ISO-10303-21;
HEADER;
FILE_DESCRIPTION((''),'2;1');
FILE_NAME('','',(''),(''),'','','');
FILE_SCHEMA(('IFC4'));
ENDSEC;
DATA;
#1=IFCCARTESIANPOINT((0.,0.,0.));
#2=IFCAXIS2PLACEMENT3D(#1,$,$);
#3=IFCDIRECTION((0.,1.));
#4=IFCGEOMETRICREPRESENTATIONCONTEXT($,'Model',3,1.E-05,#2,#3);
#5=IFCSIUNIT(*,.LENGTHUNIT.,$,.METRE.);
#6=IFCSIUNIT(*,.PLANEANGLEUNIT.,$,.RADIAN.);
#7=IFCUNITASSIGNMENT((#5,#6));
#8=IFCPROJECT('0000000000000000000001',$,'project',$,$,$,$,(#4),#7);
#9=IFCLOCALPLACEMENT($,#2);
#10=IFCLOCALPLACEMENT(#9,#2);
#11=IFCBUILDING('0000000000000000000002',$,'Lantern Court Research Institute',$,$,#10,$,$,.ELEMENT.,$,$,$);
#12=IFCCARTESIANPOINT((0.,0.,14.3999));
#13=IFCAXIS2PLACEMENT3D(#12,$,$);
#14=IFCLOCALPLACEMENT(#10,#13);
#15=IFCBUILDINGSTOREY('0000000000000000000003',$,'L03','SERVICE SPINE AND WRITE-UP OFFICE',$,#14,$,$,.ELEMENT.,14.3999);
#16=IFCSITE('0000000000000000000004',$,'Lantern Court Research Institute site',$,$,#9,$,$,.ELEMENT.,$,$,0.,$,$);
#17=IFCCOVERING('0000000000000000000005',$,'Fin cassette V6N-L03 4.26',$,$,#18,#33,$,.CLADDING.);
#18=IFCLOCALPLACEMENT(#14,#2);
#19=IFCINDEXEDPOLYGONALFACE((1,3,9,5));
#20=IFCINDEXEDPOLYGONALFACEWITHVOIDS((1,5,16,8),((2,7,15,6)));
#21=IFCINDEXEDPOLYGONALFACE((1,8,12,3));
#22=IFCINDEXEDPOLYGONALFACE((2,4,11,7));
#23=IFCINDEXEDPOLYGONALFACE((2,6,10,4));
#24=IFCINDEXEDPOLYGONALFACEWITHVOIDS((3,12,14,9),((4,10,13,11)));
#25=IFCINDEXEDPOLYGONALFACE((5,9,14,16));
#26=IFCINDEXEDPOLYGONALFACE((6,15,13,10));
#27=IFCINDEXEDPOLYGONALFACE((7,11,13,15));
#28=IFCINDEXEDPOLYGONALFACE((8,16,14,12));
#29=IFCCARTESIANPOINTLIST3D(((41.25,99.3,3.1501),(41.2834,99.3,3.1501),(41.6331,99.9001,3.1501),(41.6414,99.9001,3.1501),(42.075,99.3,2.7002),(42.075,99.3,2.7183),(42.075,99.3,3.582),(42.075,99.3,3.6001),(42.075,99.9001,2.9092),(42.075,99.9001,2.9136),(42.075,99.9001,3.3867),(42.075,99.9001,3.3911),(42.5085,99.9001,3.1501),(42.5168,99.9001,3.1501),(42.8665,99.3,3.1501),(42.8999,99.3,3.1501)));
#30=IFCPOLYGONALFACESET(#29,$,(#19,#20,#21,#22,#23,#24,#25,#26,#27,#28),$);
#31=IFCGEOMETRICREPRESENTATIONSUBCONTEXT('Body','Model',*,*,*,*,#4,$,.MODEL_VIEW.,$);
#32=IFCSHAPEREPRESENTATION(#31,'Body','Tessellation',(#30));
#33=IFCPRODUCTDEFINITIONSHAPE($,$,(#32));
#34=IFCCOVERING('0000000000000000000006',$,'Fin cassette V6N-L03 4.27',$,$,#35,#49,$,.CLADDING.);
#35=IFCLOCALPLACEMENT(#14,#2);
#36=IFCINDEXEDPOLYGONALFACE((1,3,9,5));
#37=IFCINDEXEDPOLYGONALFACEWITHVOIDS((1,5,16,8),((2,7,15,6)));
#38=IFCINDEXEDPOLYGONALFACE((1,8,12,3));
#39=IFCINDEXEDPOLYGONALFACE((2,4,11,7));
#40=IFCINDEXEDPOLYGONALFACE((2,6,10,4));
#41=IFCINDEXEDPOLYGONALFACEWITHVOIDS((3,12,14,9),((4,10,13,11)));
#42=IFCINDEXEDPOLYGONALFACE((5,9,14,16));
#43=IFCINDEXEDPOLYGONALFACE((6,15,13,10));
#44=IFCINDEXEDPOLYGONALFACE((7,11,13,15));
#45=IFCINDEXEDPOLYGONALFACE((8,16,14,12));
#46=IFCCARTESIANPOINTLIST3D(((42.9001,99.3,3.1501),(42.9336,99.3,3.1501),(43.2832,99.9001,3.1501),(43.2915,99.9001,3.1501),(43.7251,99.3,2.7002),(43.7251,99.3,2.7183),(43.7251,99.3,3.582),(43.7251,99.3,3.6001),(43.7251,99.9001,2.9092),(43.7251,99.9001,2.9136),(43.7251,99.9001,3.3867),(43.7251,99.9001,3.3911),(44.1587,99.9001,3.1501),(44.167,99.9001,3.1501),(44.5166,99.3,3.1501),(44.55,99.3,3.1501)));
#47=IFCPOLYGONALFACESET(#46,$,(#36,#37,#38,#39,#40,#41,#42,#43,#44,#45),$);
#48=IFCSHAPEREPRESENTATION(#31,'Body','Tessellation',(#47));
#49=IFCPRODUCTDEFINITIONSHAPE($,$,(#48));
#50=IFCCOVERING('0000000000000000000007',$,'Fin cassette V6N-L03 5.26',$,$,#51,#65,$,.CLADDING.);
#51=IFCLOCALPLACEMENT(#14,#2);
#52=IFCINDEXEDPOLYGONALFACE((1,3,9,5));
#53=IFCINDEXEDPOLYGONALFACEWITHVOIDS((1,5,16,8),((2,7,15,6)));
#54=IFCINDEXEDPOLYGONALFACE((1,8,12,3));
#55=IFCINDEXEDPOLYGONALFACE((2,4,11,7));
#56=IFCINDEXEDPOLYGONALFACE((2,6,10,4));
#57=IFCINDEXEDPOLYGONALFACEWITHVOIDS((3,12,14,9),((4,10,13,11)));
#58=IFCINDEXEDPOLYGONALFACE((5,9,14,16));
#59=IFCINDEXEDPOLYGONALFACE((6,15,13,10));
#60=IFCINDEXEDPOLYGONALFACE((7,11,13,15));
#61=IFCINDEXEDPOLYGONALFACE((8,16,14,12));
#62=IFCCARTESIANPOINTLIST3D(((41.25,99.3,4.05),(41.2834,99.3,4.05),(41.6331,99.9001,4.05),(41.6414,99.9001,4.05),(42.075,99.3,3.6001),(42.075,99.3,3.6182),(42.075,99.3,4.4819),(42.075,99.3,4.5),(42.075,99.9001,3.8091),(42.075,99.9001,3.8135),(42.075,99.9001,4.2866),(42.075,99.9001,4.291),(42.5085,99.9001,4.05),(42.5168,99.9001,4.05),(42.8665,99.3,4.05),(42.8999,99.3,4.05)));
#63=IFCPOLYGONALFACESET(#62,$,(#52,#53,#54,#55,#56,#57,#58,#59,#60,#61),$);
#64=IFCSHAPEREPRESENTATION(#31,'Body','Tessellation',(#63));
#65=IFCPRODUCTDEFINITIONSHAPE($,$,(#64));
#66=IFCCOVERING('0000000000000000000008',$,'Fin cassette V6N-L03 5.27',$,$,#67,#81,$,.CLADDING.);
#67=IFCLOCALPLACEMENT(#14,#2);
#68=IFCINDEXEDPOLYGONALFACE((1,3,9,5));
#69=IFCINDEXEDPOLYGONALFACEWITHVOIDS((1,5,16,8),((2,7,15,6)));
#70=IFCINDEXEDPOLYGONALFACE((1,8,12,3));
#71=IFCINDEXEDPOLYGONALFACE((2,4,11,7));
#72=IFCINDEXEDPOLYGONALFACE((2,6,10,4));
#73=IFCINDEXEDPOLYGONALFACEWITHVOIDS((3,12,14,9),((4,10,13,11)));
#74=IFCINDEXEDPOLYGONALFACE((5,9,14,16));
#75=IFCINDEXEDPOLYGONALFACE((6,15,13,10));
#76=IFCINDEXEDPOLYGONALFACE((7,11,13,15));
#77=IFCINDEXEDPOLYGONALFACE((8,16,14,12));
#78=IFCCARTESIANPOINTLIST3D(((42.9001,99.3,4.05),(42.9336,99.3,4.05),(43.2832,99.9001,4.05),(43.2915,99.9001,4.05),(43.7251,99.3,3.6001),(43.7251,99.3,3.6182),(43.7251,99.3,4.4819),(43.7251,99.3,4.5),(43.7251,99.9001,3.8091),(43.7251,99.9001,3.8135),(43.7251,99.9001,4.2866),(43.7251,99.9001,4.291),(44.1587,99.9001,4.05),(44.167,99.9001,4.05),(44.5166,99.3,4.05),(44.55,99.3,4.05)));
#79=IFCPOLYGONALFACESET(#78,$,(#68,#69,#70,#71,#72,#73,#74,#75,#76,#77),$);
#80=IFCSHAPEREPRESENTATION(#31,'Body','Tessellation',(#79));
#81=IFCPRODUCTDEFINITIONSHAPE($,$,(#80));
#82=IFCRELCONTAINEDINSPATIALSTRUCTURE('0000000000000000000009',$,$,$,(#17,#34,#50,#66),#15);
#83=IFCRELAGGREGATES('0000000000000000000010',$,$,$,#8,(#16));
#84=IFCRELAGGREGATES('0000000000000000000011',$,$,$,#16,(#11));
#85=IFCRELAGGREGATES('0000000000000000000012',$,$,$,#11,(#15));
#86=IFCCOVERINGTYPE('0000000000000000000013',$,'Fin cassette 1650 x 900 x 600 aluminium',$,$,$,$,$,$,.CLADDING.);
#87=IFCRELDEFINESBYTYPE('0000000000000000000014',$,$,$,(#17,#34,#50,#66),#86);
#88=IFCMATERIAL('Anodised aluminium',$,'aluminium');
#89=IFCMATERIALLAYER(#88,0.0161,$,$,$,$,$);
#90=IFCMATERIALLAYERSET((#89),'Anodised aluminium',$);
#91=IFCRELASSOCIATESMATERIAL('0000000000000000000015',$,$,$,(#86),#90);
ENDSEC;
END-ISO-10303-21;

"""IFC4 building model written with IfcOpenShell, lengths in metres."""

from ifc_helpers import new_model, entity, si_unit, direction, frame, origin, place, context, subcontext, project, spatial, material, layer, layer_set, type_object, element, save


model = new_model("IFC4")

# Units and contexts
model_context = context("Model", 3, precision=1e-05, world=origin(), true_north=direction((0.0, 1.0)))
body_context = subcontext(model_context, "Body", "Model", "MODEL_VIEW")
ifc_project = project(units=[si_unit("LENGTHUNIT", "METRE"), si_unit("PLANEANGLEUNIT", "RADIAN")], contexts=[model_context])

# Site, building, storey
site_placement = place(None, origin())
site = spatial("IfcSite", under=ifc_project, at=site_placement, Name="Lantern Court Research Institute site", CompositionType="ELEMENT", RefElevation=0.0)
building_placement = place(site_placement, origin())
building = spatial("IfcBuilding", under=site, at=building_placement, Name="Lantern Court Research Institute", CompositionType="ELEMENT")
storey_placement = place(building_placement, frame((0.0, 0.0, 14.3999)))
storey = spatial("IfcBuildingStorey", under=building, at=storey_placement, Name="L03", Description="SERVICE SPINE AND WRITE-UP OFFICE", CompositionType="ELEMENT", Elevation=14.3999)

# Coverings
ifc_material_1 = material(Name="Anodised aluminium", Category="aluminium")
ifc_layer_1 = layer(ifc_material_1, 0.0161)
ifc_layer_set_1 = layer_set([ifc_layer_1], Name="Anodised aluminium")
covering_type_1 = type_object("IfcCoveringType", Name="Fin cassette 1650 x 900 x 600 aluminium", PredefinedType="CLADDING", material=ifc_layer_set_1)
covering_1_placement = place(storey_placement, frame((42.075, 99.3, 3.1501), z_axis=(0.0, 1.0, 0.0), x_axis=(-1.0, 0.0, 0.0)))
cartesian_point_1 = entity("IfcCartesianPoint", [0.825, 0.0])
cartesian_point_2 = entity("IfcCartesianPoint", [0.7915, 0.0])
cartesian_point_3 = entity("IfcCartesianPoint", [0.4419, 0.0])
cartesian_point_4 = entity("IfcCartesianPoint", [0.4336, 0.0])
element("IfcCovering", 1, at=covering_1_placement, inside=storey, type_object=covering_type_1, Name="Fin cassette V6N-L03 4.26", PredefinedType="CLADDING", context=body_context, shape_type="SweptSolid", body=[
    entity("IfcExtrudedAreaSolidTapered", entity("IfcArbitraryProfileDefWithVoids", "AREA", None, entity("IfcPolyline", [cartesian_point_1, entity("IfcCartesianPoint", [0.0, 0.45]), entity("IfcCartesianPoint", [-0.825, 0.0]), entity("IfcCartesianPoint", [0.0, -0.45]), cartesian_point_1]), [entity("IfcPolyline", [cartesian_point_2, entity("IfcCartesianPoint", [0.0, 0.4319]), entity("IfcCartesianPoint", [-0.7915, 0.0]), entity("IfcCartesianPoint", [0.0, -0.4319]), cartesian_point_2])]), entity("IfcAxis2Placement3D", entity("IfcCartesianPoint", [0.0, 0.0, 0.0])), entity("IfcDirection", [0.0, 0.0, 1.0]), 0.6001, entity("IfcArbitraryProfileDefWithVoids", "AREA", None, entity("IfcPolyline", [cartesian_point_3, entity("IfcCartesianPoint", [0.0, 0.241]), entity("IfcCartesianPoint", [-0.4419, 0.0]), entity("IfcCartesianPoint", [0.0, -0.241]), cartesian_point_3]), [entity("IfcPolyline", [cartesian_point_4, entity("IfcCartesianPoint", [0.0, 0.2366]), entity("IfcCartesianPoint", [-0.4336, 0.0]), entity("IfcCartesianPoint", [0.0, -0.2366]), cartesian_point_4])])),
])
covering_2_placement = place(storey_placement, frame((43.7251, 99.3, 3.1501), z_axis=(0.0, 1.0, 0.0), x_axis=(-1.0, 0.0, 0.0)))
cartesian_point_5 = entity("IfcCartesianPoint", [0.825, 0.0])
cartesian_point_6 = entity("IfcCartesianPoint", [0.7915, 0.0])
cartesian_point_7 = entity("IfcCartesianPoint", [0.4419, 0.0])
cartesian_point_8 = entity("IfcCartesianPoint", [0.4336, 0.0])
element("IfcCovering", 2, at=covering_2_placement, inside=storey, type_object=covering_type_1, Name="Fin cassette V6N-L03 4.27", PredefinedType="CLADDING", context=body_context, shape_type="SweptSolid", body=[
    entity("IfcExtrudedAreaSolidTapered", entity("IfcArbitraryProfileDefWithVoids", "AREA", None, entity("IfcPolyline", [cartesian_point_5, entity("IfcCartesianPoint", [0.0, 0.45]), entity("IfcCartesianPoint", [-0.825, 0.0]), entity("IfcCartesianPoint", [0.0, -0.45]), cartesian_point_5]), [entity("IfcPolyline", [cartesian_point_6, entity("IfcCartesianPoint", [0.0, 0.4319]), entity("IfcCartesianPoint", [-0.7915, 0.0]), entity("IfcCartesianPoint", [0.0, -0.4319]), cartesian_point_6])]), entity("IfcAxis2Placement3D", entity("IfcCartesianPoint", [0.0, 0.0, 0.0])), entity("IfcDirection", [0.0, 0.0, 1.0]), 0.6001, entity("IfcArbitraryProfileDefWithVoids", "AREA", None, entity("IfcPolyline", [cartesian_point_7, entity("IfcCartesianPoint", [0.0, 0.241]), entity("IfcCartesianPoint", [-0.4419, 0.0]), entity("IfcCartesianPoint", [0.0, -0.241]), cartesian_point_7]), [entity("IfcPolyline", [cartesian_point_8, entity("IfcCartesianPoint", [0.0, 0.2366]), entity("IfcCartesianPoint", [-0.4336, 0.0]), entity("IfcCartesianPoint", [0.0, -0.2366]), cartesian_point_8])])),
])
covering_3_placement = place(storey_placement, frame((42.075, 99.3, 4.05), z_axis=(0.0, 1.0, 0.0), x_axis=(-1.0, 0.0, 0.0)))
cartesian_point_9 = entity("IfcCartesianPoint", [0.825, 0.0])
cartesian_point_10 = entity("IfcCartesianPoint", [0.7915, 0.0])
cartesian_point_11 = entity("IfcCartesianPoint", [0.4419, 0.0])
cartesian_point_12 = entity("IfcCartesianPoint", [0.4336, 0.0])
element("IfcCovering", 3, at=covering_3_placement, inside=storey, type_object=covering_type_1, Name="Fin cassette V6N-L03 5.26", PredefinedType="CLADDING", context=body_context, shape_type="SweptSolid", body=[
    entity("IfcExtrudedAreaSolidTapered", entity("IfcArbitraryProfileDefWithVoids", "AREA", None, entity("IfcPolyline", [cartesian_point_9, entity("IfcCartesianPoint", [0.0, 0.45]), entity("IfcCartesianPoint", [-0.825, 0.0]), entity("IfcCartesianPoint", [0.0, -0.45]), cartesian_point_9]), [entity("IfcPolyline", [cartesian_point_10, entity("IfcCartesianPoint", [0.0, 0.4319]), entity("IfcCartesianPoint", [-0.7915, 0.0]), entity("IfcCartesianPoint", [0.0, -0.4319]), cartesian_point_10])]), entity("IfcAxis2Placement3D", entity("IfcCartesianPoint", [0.0, 0.0, 0.0])), entity("IfcDirection", [0.0, 0.0, 1.0]), 0.6001, entity("IfcArbitraryProfileDefWithVoids", "AREA", None, entity("IfcPolyline", [cartesian_point_11, entity("IfcCartesianPoint", [0.0, 0.241]), entity("IfcCartesianPoint", [-0.4419, 0.0]), entity("IfcCartesianPoint", [0.0, -0.241]), cartesian_point_11]), [entity("IfcPolyline", [cartesian_point_12, entity("IfcCartesianPoint", [0.0, 0.2366]), entity("IfcCartesianPoint", [-0.4336, 0.0]), entity("IfcCartesianPoint", [0.0, -0.2366]), cartesian_point_12])])),
])
covering_4_placement = place(storey_placement, frame((43.7251, 99.3, 4.05), z_axis=(0.0, 1.0, 0.0), x_axis=(-1.0, 0.0, 0.0)))
cartesian_point_13 = entity("IfcCartesianPoint", [0.825, 0.0])
cartesian_point_14 = entity("IfcCartesianPoint", [0.7915, 0.0])
cartesian_point_15 = entity("IfcCartesianPoint", [0.4419, 0.0])
cartesian_point_16 = entity("IfcCartesianPoint", [0.4336, 0.0])
element("IfcCovering", 4, at=covering_4_placement, inside=storey, type_object=covering_type_1, Name="Fin cassette V6N-L03 5.27", PredefinedType="CLADDING", context=body_context, shape_type="SweptSolid", body=[
    entity("IfcExtrudedAreaSolidTapered", entity("IfcArbitraryProfileDefWithVoids", "AREA", None, entity("IfcPolyline", [cartesian_point_13, entity("IfcCartesianPoint", [0.0, 0.45]), entity("IfcCartesianPoint", [-0.825, 0.0]), entity("IfcCartesianPoint", [0.0, -0.45]), cartesian_point_13]), [entity("IfcPolyline", [cartesian_point_14, entity("IfcCartesianPoint", [0.0, 0.4319]), entity("IfcCartesianPoint", [-0.7915, 0.0]), entity("IfcCartesianPoint", [0.0, -0.4319]), cartesian_point_14])]), entity("IfcAxis2Placement3D", entity("IfcCartesianPoint", [0.0, 0.0, 0.0])), entity("IfcDirection", [0.0, 0.0, 1.0]), 0.6001, entity("IfcArbitraryProfileDefWithVoids", "AREA", None, entity("IfcPolyline", [cartesian_point_15, entity("IfcCartesianPoint", [0.0, 0.241]), entity("IfcCartesianPoint", [-0.4419, 0.0]), entity("IfcCartesianPoint", [0.0, -0.241]), cartesian_point_15]), [entity("IfcPolyline", [cartesian_point_16, entity("IfcCartesianPoint", [0.0, 0.2366]), entity("IfcCartesianPoint", [-0.4336, 0.0]), entity("IfcCartesianPoint", [0.0, -0.2366]), cartesian_point_16])])),
])

save(model, "model.ifc")
